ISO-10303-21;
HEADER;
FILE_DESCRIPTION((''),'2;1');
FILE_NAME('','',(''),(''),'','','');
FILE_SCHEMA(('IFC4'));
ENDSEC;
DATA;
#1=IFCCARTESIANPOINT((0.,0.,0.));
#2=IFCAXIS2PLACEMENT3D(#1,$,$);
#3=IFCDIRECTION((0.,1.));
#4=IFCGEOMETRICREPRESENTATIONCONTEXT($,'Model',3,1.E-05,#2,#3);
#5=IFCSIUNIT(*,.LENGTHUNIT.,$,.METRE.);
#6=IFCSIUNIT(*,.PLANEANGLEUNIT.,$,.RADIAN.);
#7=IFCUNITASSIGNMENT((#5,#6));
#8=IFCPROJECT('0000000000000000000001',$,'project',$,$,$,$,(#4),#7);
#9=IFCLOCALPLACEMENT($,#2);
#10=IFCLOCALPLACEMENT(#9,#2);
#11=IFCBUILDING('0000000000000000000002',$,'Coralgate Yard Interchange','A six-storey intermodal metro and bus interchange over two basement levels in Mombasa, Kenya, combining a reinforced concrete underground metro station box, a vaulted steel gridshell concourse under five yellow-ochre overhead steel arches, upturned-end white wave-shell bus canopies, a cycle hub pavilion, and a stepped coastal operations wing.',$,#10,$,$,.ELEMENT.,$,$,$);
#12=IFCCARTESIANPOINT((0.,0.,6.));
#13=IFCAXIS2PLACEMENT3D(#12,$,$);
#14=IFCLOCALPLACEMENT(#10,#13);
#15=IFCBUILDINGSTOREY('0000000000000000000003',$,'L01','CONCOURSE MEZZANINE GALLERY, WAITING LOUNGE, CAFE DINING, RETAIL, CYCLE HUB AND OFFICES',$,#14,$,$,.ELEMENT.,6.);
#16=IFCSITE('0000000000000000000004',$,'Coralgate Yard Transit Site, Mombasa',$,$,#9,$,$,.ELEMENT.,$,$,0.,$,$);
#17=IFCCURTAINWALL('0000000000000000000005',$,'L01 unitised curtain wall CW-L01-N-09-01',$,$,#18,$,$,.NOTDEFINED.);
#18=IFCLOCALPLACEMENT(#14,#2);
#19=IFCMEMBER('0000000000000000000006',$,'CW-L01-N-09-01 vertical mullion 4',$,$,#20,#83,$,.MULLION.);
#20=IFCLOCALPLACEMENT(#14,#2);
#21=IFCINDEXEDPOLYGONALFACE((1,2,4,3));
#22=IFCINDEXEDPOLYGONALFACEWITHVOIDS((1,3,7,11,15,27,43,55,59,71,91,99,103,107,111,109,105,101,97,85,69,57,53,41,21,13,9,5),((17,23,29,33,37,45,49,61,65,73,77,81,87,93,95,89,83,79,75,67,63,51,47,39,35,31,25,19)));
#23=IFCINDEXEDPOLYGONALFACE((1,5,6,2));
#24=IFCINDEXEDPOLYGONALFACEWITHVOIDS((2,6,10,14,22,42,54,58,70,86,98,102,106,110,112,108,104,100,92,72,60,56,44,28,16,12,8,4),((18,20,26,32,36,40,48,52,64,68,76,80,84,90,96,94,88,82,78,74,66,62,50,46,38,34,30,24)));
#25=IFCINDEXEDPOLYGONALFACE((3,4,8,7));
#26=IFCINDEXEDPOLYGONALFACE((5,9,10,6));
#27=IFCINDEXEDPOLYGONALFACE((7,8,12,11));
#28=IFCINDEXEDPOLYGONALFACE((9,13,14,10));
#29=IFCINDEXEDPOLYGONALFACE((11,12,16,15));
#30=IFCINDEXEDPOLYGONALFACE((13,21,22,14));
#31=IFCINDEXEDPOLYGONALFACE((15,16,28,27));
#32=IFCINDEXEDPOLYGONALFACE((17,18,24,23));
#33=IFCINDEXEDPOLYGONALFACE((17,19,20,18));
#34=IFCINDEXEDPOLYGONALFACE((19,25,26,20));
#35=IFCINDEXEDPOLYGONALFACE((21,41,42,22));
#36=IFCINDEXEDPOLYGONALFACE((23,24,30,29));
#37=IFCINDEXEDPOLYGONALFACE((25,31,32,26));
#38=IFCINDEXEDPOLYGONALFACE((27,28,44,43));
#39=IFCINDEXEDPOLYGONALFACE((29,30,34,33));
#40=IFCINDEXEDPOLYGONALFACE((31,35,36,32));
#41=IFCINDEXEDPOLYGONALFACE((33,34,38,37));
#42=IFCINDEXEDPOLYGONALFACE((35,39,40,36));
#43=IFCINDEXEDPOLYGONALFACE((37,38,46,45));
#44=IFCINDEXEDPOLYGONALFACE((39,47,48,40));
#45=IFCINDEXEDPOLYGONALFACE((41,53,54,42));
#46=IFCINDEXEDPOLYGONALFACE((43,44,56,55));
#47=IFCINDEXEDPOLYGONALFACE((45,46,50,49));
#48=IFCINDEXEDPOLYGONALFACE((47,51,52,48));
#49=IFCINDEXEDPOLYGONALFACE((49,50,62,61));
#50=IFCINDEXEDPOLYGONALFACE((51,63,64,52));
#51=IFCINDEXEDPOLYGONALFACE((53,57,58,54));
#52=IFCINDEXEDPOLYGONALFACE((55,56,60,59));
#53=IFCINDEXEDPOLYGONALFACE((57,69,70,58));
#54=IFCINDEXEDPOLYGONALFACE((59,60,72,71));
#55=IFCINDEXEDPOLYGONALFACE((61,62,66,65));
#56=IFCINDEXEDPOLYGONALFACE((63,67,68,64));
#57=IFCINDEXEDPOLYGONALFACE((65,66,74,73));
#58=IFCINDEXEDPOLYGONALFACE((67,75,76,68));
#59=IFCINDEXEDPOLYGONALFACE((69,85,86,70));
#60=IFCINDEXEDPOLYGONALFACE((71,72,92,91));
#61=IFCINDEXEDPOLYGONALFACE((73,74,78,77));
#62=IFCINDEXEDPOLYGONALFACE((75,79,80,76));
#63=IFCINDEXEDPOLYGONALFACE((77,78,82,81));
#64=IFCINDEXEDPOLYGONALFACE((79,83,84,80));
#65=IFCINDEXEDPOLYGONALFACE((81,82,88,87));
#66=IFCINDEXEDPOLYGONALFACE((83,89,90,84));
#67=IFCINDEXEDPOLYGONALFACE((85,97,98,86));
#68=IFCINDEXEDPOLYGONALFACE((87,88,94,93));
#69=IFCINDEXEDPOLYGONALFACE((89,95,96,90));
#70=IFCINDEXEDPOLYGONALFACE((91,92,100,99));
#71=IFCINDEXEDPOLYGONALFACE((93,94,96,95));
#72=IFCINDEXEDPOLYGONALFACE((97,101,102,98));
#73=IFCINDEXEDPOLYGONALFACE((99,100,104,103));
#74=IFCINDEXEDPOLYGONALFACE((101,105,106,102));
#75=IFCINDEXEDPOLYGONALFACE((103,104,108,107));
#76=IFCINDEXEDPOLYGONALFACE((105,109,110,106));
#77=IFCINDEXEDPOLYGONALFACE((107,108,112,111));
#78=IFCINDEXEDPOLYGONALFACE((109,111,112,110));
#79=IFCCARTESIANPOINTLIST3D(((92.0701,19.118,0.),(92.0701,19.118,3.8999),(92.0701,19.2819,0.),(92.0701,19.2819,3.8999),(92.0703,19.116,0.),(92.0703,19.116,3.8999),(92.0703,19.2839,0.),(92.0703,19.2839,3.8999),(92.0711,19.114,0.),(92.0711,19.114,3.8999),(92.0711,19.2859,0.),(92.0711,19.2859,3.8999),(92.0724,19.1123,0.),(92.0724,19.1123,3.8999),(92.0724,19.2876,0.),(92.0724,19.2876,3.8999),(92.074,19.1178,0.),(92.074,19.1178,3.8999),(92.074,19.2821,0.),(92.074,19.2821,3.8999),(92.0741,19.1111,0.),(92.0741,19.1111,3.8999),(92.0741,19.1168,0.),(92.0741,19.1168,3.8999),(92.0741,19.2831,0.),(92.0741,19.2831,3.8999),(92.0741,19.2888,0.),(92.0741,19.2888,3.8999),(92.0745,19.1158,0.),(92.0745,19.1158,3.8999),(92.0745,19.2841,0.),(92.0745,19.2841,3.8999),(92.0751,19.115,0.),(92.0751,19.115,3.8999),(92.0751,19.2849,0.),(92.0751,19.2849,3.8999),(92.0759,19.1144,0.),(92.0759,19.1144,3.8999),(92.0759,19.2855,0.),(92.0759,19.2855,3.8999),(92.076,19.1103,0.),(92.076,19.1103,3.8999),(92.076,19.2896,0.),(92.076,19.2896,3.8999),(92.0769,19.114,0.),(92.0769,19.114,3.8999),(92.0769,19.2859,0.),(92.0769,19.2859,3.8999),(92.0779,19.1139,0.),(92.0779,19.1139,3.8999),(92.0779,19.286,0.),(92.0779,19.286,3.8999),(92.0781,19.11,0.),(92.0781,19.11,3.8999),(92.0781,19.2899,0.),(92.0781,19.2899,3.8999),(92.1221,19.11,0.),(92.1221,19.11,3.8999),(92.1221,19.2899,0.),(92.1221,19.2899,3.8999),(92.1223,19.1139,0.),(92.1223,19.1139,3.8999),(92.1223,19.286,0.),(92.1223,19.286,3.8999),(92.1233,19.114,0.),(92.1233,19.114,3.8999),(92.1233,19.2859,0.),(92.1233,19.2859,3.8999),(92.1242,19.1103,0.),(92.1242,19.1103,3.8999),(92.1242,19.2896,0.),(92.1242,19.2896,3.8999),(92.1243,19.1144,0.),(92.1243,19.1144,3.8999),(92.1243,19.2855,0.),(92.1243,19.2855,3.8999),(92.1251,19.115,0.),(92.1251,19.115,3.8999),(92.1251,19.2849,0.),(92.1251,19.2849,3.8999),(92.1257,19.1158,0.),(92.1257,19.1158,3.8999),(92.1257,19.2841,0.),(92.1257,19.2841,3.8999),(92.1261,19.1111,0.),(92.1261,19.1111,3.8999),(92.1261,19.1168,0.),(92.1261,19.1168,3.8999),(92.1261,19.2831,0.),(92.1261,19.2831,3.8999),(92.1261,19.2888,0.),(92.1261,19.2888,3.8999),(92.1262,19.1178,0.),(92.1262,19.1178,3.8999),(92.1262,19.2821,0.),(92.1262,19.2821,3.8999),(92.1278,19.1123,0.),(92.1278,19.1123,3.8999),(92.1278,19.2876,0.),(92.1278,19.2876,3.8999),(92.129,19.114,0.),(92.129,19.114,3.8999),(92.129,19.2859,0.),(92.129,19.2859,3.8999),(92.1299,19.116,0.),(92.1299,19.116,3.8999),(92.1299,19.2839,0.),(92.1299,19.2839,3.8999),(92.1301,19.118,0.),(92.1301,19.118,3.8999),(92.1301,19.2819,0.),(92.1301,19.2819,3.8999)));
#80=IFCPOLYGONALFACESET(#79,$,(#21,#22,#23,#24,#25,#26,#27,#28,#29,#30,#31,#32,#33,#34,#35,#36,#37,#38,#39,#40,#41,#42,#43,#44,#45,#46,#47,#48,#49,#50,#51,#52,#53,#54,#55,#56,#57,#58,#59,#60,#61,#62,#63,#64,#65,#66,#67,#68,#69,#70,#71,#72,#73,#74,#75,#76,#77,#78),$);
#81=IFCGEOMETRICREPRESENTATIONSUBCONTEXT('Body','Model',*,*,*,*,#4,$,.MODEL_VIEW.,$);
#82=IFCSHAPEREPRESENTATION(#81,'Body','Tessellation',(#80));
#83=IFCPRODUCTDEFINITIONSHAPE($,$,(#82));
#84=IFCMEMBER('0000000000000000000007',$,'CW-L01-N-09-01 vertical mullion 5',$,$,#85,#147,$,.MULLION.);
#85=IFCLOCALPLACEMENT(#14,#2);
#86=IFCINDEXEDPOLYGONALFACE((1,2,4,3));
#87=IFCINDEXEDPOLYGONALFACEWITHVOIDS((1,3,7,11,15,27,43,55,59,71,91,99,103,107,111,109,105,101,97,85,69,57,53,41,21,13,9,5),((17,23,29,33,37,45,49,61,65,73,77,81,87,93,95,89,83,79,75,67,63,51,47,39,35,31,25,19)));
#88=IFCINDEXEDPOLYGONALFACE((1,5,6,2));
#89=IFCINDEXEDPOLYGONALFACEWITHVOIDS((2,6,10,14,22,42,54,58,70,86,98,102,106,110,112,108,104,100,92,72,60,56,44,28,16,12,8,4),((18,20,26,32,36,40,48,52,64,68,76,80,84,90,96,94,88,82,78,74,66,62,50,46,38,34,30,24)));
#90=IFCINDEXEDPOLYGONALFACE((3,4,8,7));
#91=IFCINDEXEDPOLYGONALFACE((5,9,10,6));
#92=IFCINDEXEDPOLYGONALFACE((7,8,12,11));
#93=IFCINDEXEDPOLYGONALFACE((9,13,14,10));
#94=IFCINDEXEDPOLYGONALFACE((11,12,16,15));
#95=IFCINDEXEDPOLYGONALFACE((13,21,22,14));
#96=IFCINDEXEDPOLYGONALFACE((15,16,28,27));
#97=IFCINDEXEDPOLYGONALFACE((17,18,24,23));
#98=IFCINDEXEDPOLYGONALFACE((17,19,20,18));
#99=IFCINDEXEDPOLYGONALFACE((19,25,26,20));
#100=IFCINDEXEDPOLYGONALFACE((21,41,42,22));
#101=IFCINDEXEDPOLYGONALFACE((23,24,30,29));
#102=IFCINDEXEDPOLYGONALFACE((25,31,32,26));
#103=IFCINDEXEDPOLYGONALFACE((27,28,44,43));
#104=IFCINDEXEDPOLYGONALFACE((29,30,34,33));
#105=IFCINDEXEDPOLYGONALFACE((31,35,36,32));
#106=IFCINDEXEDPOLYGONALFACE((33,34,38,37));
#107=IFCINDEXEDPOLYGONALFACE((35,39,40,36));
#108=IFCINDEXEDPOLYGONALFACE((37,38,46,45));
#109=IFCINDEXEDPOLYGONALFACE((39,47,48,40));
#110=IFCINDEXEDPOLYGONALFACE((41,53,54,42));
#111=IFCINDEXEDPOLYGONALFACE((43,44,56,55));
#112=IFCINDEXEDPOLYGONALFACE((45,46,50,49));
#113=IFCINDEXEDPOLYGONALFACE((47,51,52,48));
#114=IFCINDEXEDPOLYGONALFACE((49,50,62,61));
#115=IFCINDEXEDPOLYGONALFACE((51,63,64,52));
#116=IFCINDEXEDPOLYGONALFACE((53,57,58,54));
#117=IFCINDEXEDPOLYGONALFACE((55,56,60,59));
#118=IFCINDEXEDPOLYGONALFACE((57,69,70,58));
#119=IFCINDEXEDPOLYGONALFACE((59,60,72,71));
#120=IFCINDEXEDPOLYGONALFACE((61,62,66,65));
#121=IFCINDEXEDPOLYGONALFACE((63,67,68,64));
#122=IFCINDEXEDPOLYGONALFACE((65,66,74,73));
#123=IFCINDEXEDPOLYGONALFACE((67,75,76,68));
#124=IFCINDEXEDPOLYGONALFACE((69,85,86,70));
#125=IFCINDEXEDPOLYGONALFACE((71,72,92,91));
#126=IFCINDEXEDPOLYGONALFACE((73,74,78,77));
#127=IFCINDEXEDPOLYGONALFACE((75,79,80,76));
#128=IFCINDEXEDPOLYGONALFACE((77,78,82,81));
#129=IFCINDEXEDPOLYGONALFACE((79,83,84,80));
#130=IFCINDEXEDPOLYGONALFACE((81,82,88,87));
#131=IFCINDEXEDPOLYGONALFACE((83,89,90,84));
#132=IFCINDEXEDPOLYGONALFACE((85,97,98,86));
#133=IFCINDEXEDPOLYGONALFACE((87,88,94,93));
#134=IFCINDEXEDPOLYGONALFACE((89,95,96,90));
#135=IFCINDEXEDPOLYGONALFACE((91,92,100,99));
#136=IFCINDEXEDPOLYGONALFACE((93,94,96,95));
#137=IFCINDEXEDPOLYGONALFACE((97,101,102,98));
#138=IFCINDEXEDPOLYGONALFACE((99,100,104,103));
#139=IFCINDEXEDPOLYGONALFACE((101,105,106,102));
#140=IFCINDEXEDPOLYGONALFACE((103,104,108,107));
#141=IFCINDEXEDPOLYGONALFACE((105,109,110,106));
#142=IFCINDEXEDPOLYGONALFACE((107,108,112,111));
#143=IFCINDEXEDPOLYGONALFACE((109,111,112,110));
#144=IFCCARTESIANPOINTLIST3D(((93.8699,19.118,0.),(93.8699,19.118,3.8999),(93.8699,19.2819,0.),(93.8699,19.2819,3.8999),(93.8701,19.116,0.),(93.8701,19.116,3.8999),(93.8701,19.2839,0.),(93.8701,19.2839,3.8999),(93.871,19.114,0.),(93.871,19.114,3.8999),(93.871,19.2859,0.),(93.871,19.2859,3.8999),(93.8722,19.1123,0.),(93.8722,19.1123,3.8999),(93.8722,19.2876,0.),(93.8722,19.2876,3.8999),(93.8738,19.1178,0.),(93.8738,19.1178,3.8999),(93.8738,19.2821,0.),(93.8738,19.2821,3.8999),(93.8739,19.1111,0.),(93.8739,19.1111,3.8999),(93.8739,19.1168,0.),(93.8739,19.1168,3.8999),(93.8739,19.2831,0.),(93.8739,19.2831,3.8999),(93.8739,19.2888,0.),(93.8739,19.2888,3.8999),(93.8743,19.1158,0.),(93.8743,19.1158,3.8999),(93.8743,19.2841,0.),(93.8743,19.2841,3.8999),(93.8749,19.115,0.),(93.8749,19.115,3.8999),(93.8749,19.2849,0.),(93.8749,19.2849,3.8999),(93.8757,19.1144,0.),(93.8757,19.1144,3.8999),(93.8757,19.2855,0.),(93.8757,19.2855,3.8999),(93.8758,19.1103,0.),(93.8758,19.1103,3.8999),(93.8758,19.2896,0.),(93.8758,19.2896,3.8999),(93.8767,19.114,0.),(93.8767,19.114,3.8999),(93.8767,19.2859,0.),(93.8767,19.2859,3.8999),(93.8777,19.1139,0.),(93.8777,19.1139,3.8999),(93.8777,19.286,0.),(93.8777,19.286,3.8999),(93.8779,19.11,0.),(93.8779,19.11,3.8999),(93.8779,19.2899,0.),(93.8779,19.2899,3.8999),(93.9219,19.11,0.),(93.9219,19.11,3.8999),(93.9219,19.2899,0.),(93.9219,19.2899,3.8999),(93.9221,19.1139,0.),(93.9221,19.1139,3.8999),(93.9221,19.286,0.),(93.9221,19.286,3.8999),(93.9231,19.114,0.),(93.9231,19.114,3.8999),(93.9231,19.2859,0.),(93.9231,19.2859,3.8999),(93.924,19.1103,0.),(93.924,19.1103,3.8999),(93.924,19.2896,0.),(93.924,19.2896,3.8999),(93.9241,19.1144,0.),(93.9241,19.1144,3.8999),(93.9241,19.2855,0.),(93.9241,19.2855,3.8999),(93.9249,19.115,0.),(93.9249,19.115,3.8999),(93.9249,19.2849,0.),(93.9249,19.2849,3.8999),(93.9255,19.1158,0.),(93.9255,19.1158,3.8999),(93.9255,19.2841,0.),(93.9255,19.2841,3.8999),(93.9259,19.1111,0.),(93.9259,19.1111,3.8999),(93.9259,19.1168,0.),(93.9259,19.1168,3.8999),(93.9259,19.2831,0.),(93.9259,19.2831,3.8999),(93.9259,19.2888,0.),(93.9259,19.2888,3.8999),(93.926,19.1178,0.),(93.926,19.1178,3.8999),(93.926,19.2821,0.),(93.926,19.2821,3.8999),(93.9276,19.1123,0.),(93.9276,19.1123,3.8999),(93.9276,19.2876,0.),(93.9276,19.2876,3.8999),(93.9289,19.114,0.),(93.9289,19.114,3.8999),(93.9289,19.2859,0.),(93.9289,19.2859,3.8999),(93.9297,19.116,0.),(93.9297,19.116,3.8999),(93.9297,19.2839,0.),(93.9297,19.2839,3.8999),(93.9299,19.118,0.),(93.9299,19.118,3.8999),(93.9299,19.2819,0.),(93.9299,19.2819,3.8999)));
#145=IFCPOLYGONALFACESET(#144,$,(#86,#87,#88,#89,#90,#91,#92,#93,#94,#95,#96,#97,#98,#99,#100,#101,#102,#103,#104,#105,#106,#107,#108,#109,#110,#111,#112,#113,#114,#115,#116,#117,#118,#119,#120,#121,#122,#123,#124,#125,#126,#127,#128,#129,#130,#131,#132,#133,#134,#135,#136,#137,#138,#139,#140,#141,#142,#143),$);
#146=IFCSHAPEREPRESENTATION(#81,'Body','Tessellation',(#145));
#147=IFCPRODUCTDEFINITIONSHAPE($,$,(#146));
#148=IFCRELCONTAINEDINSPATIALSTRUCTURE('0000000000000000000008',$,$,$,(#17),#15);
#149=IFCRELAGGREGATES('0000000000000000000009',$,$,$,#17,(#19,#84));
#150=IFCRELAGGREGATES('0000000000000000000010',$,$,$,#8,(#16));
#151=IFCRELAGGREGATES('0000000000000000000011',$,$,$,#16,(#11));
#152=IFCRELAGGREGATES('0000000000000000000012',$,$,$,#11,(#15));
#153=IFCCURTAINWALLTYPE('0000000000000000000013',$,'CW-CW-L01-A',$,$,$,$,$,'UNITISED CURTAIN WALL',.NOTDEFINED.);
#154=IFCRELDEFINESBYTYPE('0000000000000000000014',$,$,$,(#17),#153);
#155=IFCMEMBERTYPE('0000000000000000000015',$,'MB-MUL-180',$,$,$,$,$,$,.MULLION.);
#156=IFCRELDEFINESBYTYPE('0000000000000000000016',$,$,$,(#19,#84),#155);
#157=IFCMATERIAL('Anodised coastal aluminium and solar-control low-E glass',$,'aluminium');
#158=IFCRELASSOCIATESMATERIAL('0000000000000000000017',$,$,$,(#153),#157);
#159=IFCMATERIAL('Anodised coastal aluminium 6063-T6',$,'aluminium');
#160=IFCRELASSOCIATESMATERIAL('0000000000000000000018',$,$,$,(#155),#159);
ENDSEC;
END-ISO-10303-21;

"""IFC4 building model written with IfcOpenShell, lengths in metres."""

from ifc_helpers import new_model, si_unit, direction, frame, origin, origin_2d, place, context, subcontext, project, spatial, hollow_rectangle, extrude, material, material_profile, profile_set, type_object, element, aggregate, save


model = new_model("IFC4")

# Units and contexts
model_context = context("Model", 3, precision=1e-05, world=origin(), true_north=direction((0.0, 1.0)))
body_context = subcontext(model_context, "Body", "Model", "MODEL_VIEW")
ifc_project = project(units=[si_unit("LENGTHUNIT", "METRE"), si_unit("PLANEANGLEUNIT", "RADIAN")], contexts=[model_context])

# Site, building, storey
site_placement = place(None, origin())
site = spatial("IfcSite", under=ifc_project, at=site_placement, Name="Coralgate Yard Transit Site, Mombasa", CompositionType="ELEMENT", RefElevation=0.0)
building_placement = place(site_placement, origin())
building = spatial("IfcBuilding", under=site, at=building_placement, Name="Coralgate Yard Interchange", Description="A six-storey intermodal metro and bus interchange over two basement levels in Mombasa, Kenya, combining a reinforced concrete underground metro station box, a vaulted steel gridshell concourse under five yellow-ochre overhead steel arches, upturned-end white wave-shell bus canopies, a cycle hub pavilion, and a stepped coastal operations wing.", CompositionType="ELEMENT")
storey_placement = place(building_placement, frame((0.0, 0.0, 6.0)))
storey = spatial("IfcBuildingStorey", under=building, at=storey_placement, Name="L01", Description="CONCOURSE MEZZANINE GALLERY, WAITING LOUNGE, CAFE DINING, RETAIL, CYCLE HUB AND OFFICES", CompositionType="ELEMENT", Elevation=6.0)

# Curtain wall, members
ifc_material_1 = material(Name="Anodised coastal aluminium and solar-control low-E glass", Category="aluminium")
curtain_wall_type = type_object("IfcCurtainWallType", Name="CW-CW-L01-A", ElementType="UNITISED CURTAIN WALL", PredefinedType="NOTDEFINED", material=ifc_material_1)
curtain_wall_placement = place(storey_placement, origin())
curtain_wall = element("IfcCurtainWall", 1, at=curtain_wall_placement, inside=storey, type_object=curtain_wall_type, Name="L01 unitised curtain wall CW-L01-N-09-01", PredefinedType="NOTDEFINED")
ifc_material_2 = material(Name="Anodised coastal aluminium 6063-T6", Category="aluminium")
ifc_material_profile_1 = material_profile(ifc_material_2, hollow_rectangle(XDim=0.0601, YDim=0.1799, WallThickness=0.0039, InnerFilletRadius=0.0039, OuterFilletRadius=0.0081, at=origin_2d()), Name="ALU 60x180x4")
ifc_profile_set_1 = profile_set([ifc_material_profile_1], Name="Anodised coastal aluminium 6063-T6")
member_type_1 = type_object("IfcMemberType", Name="MB-MUL-180", PredefinedType="MULLION", material=ifc_profile_set_1)
member_1_placement = place(storey_placement, frame((92.1001, 19.2, 0.0), z_axis=(0.0, 0.0, 1.0), x_axis=(1.0, 0.0, 0.0)))
member_1 = element("IfcMember", 2, at=member_1_placement, type_object=member_type_1, Name="CW-L01-N-09-01 vertical mullion 4", PredefinedType="MULLION", context=body_context, shape_type="SweptSolid", body=[
    extrude(hollow_rectangle(XDim=0.0601, YDim=0.1799, WallThickness=0.0039, InnerFilletRadius=0.0039, OuterFilletRadius=0.0081, at=origin_2d()), origin(), (0.0, 0.0, 1.0), 3.8999),
])
member_2_placement = place(storey_placement, frame((93.8999, 19.2, 0.0), z_axis=(0.0, 0.0, 1.0), x_axis=(1.0, 0.0, 0.0)))
member_2 = element("IfcMember", 3, at=member_2_placement, type_object=member_type_1, Name="CW-L01-N-09-01 vertical mullion 5", PredefinedType="MULLION", context=body_context, shape_type="SweptSolid", body=[
    extrude(hollow_rectangle(XDim=0.0601, YDim=0.1799, WallThickness=0.0039, InnerFilletRadius=0.0039, OuterFilletRadius=0.0081, at=origin_2d()), origin(), (0.0, 0.0, 1.0), 3.8999),
])
aggregate(curtain_wall, [member_1, member_2])

save(model, "model.ifc")
